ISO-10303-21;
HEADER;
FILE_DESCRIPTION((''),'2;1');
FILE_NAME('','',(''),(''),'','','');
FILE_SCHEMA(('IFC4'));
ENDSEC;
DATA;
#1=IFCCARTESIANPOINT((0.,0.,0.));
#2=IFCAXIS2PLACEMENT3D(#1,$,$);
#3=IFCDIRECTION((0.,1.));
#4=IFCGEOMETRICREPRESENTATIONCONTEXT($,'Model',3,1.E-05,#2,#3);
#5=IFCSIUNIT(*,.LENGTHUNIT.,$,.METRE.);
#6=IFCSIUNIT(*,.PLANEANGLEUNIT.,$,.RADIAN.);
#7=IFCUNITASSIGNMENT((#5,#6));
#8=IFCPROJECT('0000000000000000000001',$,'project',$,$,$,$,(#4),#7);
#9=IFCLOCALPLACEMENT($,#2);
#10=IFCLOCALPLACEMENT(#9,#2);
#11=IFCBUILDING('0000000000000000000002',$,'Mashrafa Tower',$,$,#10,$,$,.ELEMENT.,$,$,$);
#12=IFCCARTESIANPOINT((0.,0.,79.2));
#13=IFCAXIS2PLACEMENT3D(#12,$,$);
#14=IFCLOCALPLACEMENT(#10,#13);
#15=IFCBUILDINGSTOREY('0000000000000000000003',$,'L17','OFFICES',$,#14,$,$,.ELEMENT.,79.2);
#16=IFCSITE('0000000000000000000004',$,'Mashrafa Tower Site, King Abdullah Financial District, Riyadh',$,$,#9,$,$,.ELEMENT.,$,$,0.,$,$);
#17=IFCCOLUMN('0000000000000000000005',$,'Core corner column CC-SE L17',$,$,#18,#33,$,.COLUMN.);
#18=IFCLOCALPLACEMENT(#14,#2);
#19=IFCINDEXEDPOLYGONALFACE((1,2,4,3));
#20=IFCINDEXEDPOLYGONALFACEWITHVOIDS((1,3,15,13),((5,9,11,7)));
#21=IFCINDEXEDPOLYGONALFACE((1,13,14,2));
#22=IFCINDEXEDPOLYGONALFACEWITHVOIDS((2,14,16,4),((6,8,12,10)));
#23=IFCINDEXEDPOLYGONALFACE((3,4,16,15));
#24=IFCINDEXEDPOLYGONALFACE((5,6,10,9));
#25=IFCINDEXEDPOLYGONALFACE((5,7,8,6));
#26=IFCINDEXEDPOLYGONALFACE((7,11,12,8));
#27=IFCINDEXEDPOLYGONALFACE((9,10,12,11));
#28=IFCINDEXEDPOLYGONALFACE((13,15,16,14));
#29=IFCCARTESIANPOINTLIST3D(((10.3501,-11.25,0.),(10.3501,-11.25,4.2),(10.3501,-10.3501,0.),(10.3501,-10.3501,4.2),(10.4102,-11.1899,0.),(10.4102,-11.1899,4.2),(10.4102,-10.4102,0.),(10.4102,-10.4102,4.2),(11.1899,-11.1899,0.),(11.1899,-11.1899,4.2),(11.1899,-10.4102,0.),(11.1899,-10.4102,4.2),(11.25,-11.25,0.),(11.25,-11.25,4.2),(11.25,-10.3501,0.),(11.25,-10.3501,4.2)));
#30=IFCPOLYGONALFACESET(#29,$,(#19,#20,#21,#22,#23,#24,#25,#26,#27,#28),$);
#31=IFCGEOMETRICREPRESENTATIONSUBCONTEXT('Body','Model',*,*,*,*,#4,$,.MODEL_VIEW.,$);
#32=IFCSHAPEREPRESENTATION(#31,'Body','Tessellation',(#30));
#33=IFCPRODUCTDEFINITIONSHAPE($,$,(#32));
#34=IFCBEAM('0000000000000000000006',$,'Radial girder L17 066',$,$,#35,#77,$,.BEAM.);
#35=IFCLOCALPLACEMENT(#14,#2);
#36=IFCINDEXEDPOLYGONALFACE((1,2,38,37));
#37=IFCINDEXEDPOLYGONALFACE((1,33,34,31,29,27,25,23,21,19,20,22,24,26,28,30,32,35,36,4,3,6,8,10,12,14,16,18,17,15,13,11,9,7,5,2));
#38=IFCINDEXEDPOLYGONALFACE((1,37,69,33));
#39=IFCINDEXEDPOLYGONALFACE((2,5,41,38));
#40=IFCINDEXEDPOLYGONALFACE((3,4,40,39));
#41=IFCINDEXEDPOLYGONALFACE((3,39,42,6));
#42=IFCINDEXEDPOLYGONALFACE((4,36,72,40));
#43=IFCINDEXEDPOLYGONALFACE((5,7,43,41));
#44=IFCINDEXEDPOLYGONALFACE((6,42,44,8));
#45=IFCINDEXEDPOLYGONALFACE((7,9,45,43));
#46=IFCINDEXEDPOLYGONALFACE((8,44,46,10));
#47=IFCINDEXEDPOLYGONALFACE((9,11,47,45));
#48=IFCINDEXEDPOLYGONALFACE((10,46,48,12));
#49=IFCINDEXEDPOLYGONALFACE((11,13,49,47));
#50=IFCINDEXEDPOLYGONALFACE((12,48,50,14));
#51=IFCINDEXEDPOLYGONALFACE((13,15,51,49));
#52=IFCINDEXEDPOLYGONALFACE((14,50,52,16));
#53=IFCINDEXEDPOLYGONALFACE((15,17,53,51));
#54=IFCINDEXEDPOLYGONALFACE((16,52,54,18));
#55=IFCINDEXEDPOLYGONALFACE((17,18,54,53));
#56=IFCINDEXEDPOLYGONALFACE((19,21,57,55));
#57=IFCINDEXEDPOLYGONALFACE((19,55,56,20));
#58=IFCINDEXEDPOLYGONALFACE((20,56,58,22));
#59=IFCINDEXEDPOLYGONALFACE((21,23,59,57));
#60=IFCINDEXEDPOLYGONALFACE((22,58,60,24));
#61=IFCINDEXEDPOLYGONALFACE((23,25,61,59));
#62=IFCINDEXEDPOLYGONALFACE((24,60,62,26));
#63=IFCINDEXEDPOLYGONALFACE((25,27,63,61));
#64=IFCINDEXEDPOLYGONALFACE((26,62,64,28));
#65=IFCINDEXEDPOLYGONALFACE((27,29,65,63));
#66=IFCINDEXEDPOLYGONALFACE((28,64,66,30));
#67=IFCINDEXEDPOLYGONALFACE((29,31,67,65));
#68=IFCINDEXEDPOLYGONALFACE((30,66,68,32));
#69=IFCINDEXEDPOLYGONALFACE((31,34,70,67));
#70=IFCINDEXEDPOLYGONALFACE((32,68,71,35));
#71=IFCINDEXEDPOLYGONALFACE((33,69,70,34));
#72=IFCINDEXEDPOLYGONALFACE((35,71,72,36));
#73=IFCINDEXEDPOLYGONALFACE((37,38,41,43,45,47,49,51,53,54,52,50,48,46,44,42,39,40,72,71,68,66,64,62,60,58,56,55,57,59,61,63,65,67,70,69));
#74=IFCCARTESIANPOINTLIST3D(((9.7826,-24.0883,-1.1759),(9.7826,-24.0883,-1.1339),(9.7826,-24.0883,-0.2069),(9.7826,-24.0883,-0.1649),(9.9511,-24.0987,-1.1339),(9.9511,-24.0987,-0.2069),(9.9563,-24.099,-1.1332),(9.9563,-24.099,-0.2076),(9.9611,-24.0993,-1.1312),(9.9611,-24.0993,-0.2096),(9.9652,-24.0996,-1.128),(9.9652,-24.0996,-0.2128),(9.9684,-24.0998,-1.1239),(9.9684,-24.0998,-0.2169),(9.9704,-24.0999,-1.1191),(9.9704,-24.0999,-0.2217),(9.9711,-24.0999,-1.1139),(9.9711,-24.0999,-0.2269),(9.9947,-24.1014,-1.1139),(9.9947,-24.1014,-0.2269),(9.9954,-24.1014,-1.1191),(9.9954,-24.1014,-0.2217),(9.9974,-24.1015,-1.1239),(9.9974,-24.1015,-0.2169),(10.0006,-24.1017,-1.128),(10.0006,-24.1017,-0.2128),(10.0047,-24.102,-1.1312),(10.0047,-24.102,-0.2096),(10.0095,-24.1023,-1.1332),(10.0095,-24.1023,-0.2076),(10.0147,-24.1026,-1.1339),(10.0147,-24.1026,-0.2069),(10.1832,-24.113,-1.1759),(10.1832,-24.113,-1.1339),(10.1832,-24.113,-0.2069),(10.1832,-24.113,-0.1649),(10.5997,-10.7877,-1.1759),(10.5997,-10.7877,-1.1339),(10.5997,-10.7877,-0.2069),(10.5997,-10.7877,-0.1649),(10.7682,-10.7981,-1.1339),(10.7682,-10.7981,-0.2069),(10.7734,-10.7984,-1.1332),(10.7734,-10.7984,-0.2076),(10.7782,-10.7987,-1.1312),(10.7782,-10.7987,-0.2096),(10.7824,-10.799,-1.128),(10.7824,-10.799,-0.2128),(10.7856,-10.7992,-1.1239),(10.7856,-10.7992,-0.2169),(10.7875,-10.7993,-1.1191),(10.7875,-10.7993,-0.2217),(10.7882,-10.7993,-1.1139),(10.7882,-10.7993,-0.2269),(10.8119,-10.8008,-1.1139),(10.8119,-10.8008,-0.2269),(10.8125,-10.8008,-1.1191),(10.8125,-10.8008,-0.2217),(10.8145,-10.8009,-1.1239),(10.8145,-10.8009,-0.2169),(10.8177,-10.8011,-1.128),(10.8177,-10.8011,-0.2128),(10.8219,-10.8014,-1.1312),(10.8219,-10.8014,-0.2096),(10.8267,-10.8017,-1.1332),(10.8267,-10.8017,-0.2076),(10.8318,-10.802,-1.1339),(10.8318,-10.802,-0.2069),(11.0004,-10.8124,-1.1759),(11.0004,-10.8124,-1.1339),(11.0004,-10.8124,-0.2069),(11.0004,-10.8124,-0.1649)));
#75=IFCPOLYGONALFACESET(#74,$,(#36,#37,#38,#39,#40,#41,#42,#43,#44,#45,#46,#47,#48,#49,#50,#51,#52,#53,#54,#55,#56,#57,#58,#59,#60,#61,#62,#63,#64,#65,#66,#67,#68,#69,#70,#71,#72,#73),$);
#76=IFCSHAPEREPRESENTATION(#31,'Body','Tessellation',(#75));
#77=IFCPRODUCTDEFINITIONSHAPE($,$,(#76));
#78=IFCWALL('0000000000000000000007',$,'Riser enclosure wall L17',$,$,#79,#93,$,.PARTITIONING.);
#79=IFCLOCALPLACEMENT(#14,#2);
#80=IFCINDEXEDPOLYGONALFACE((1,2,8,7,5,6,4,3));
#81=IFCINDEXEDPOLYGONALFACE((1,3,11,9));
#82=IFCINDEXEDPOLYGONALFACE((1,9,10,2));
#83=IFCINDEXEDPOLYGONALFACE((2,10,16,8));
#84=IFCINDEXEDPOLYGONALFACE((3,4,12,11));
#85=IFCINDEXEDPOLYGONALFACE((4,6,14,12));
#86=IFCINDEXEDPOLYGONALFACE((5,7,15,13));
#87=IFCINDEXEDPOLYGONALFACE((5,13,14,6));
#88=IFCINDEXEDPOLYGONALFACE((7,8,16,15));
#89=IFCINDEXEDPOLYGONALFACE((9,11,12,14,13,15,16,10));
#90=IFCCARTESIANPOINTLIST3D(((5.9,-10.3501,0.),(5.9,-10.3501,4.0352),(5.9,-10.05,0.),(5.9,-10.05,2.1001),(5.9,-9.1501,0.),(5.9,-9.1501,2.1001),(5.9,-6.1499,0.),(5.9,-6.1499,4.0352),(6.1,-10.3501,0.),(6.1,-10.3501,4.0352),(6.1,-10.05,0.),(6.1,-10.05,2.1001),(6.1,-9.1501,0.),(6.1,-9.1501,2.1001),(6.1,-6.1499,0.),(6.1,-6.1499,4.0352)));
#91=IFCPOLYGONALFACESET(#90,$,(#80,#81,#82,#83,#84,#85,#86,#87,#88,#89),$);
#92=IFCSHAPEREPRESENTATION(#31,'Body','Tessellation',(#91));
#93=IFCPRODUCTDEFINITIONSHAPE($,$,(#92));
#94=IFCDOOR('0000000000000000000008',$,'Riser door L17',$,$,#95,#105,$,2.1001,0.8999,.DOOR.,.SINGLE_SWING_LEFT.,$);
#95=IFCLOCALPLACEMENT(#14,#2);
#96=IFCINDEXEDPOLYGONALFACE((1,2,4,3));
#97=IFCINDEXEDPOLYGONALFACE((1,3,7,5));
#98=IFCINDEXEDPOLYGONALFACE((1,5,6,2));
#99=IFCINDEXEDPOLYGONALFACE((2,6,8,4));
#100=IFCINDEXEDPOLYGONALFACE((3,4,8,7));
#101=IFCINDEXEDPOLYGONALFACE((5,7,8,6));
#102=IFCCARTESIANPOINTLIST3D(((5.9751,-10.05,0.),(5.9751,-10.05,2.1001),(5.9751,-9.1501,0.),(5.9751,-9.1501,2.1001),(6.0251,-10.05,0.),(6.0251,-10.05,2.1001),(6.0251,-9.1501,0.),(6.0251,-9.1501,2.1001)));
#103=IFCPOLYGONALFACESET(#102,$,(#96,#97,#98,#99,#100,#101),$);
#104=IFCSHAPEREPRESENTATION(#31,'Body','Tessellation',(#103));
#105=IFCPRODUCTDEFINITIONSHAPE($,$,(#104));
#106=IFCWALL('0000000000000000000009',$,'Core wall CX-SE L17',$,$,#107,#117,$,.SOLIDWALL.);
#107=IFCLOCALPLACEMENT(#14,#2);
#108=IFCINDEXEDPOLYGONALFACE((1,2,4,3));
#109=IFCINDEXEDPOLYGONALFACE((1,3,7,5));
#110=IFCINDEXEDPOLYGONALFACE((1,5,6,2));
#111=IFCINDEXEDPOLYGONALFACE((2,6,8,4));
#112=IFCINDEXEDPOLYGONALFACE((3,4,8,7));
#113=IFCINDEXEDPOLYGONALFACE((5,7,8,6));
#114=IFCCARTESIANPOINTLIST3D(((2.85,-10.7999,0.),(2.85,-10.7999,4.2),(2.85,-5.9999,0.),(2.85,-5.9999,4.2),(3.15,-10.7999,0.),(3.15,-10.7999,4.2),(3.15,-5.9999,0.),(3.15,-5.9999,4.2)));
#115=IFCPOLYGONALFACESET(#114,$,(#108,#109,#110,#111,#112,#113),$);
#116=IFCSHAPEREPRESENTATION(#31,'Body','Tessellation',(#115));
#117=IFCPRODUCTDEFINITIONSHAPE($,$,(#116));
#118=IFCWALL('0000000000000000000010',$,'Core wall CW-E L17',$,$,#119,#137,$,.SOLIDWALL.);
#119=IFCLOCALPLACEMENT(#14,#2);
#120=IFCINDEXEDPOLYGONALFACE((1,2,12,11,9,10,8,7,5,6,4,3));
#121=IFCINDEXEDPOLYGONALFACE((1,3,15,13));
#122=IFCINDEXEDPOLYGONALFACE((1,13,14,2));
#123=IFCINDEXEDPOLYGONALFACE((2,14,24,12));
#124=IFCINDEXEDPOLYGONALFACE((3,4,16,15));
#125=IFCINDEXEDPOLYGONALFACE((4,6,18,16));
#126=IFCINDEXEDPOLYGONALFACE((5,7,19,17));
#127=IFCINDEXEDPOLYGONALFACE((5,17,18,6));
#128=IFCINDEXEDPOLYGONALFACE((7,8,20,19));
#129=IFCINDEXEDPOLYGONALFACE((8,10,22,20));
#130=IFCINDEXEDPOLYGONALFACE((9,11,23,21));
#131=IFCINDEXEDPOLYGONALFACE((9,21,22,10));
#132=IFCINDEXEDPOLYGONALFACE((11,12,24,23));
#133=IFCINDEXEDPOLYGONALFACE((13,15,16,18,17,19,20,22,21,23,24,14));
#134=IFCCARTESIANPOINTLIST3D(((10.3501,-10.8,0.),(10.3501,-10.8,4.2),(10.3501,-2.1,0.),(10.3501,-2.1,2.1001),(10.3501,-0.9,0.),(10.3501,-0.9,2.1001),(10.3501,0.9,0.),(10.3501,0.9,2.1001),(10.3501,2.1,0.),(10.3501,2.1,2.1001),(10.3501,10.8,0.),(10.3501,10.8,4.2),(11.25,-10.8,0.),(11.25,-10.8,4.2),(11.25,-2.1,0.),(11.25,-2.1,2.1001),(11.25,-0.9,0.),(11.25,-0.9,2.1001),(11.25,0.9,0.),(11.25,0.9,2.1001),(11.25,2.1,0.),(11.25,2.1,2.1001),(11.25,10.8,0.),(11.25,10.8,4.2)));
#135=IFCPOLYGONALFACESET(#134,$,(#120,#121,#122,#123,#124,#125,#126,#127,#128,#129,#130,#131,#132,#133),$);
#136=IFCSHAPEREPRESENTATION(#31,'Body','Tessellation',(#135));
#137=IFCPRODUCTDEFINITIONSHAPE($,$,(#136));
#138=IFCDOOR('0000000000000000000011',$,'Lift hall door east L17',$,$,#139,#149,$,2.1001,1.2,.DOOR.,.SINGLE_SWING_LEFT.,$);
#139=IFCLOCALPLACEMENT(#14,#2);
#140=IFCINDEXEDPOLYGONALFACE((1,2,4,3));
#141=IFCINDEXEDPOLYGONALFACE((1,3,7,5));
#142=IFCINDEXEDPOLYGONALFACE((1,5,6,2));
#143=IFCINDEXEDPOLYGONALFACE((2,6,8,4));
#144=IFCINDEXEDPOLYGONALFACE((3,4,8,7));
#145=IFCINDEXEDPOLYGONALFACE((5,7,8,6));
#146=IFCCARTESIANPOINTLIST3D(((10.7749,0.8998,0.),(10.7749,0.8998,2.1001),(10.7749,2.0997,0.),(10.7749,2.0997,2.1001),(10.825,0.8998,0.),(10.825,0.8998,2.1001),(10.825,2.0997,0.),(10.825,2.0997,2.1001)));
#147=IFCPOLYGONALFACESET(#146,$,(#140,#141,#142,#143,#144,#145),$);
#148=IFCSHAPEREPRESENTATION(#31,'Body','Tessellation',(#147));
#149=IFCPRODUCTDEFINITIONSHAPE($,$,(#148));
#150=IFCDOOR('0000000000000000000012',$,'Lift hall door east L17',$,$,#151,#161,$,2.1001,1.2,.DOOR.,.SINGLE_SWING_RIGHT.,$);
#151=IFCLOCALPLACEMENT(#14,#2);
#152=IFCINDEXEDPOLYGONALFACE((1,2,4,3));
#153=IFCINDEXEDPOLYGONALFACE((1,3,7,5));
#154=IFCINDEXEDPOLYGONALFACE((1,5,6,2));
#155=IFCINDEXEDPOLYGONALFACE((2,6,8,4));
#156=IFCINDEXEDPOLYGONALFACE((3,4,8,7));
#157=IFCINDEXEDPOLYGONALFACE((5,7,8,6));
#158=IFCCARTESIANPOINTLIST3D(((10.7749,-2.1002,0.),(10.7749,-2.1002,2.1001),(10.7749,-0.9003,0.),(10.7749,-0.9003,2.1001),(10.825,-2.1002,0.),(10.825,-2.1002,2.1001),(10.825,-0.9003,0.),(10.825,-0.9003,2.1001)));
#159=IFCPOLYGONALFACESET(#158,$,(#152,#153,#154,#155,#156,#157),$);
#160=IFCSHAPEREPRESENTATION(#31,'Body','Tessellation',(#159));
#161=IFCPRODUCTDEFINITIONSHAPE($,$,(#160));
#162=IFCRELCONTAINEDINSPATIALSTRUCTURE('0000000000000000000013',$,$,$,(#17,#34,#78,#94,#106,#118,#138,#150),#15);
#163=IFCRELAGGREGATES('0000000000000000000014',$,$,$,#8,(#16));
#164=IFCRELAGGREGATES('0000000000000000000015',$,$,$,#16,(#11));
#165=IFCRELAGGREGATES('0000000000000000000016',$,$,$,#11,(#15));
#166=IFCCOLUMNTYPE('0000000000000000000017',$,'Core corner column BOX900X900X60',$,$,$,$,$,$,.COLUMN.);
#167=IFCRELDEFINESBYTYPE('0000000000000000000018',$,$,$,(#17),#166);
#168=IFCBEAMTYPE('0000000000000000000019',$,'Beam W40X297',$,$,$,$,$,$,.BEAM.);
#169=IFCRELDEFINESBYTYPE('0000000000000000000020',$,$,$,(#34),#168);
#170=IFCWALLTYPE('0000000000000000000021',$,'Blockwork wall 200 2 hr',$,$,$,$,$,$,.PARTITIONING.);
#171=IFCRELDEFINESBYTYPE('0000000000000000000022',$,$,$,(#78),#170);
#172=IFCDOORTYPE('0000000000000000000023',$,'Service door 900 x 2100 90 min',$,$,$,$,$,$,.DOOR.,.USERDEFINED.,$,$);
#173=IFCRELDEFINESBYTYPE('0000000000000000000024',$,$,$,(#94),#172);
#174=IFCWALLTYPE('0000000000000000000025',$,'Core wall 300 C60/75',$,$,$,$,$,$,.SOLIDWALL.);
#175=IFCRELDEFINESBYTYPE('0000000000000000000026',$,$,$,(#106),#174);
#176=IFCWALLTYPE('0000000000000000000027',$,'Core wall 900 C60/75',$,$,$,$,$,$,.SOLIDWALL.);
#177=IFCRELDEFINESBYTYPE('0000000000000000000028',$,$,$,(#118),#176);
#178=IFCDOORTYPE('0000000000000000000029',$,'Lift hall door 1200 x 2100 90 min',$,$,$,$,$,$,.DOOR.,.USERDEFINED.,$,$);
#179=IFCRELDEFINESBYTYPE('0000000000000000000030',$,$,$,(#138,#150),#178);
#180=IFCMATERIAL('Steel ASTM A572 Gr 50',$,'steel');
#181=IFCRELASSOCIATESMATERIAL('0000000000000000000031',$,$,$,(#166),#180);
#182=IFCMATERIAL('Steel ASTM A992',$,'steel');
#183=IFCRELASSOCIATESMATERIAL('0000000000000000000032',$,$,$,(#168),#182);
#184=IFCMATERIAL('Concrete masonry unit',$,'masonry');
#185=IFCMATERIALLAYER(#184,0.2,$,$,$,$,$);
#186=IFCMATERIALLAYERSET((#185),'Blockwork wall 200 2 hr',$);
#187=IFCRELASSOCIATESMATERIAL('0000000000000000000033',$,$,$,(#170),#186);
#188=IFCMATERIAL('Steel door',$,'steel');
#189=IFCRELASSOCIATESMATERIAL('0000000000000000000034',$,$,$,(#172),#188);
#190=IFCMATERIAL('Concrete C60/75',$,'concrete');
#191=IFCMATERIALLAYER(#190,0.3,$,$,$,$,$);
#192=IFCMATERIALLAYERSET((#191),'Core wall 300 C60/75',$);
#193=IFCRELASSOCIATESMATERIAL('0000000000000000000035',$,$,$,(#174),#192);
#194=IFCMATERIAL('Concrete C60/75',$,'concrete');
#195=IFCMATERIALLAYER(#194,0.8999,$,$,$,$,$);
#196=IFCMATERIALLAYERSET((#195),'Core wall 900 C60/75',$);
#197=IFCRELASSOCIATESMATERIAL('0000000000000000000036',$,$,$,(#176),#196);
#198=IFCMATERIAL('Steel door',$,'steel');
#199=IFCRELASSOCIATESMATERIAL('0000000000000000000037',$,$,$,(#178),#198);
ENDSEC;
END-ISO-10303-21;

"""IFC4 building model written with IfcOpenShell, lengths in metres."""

from ifc_helpers import new_model, si_unit, direction, frame, frame_2d, origin, origin_2d, place, context, subcontext, project, spatial, rectangle, hollow_rectangle, i_section, extrude, material, layer, layer_set, material_profile, profile_set, type_object, element, fill, save


model = new_model("IFC4")

# Units and contexts
model_context = context("Model", 3, precision=1e-05, world=origin(), true_north=direction((0.0, 1.0)))
body_context = subcontext(model_context, "Body", "Model", "MODEL_VIEW")
ifc_project = project(units=[si_unit("LENGTHUNIT", "METRE"), si_unit("PLANEANGLEUNIT", "RADIAN")], contexts=[model_context])

# Site, building, storey
site_placement = place(None, origin())
site = spatial("IfcSite", under=ifc_project, at=site_placement, Name="Mashrafa Tower Site, King Abdullah Financial District, Riyadh", CompositionType="ELEMENT", RefElevation=0.0)
building_placement = place(site_placement, origin())
building = spatial("IfcBuilding", under=site, at=building_placement, Name="Mashrafa Tower", CompositionType="ELEMENT")
storey_placement = place(building_placement, frame((0.0, 0.0, 79.2)))
storey = spatial("IfcBuildingStorey", under=building, at=storey_placement, Name="L17", Description="OFFICES", CompositionType="ELEMENT", Elevation=79.2)

# Column
ifc_material_1 = material(Name="Steel ASTM A572 Gr 50", Category="steel")
ifc_material_profile_1 = material_profile(ifc_material_1, hollow_rectangle(XDim=0.8999, YDim=0.8999, WallThickness=0.0601, at=origin_2d()), Name="BOX900X900X60")
ifc_profile_set_1 = profile_set([ifc_material_profile_1], Name="Steel ASTM A572 Gr 50")
column_type = type_object("IfcColumnType", Name="Core corner column BOX900X900X60", PredefinedType="COLUMN", material=ifc_profile_set_1)
column_placement = place(storey_placement, frame((10.8, -10.8, 0.0), z_axis=(0.0, 0.0, 1.0), x_axis=(1.0, 0.0, 0.0)))
element("IfcColumn", 1, at=column_placement, inside=storey, type_object=column_type, Name="Core corner column CC-SE L17", PredefinedType="COLUMN", context=body_context, shape_type="SweptSolid", body=[
    extrude(hollow_rectangle(XDim=0.8999, YDim=0.8999, WallThickness=0.0601, at=origin_2d()), origin(), (0.0, 0.0, 1.0), 4.2),
])

# Beam
ifc_material_2 = material(Name="Steel ASTM A992", Category="steel")
ifc_material_profile_2 = material_profile(ifc_material_2, i_section(OverallWidth=0.4014, OverallDepth=1.011, WebThickness=0.0237, FlangeThickness=0.042, FilletRadius=0.02, at=origin_2d()), Name="W40X297")
ifc_profile_set_2 = profile_set([ifc_material_profile_2], Name="Steel ASTM A992")
beam_type = type_object("IfcBeamType", Name="Beam W40X297", PredefinedType="BEAM", material=ifc_profile_set_2)
beam_placement = place(storey_placement, frame((10.8, -10.8, -0.6704), z_axis=(-0.061321, -0.998118, 0.0), x_axis=(0.998118, -0.061321, 0.0)))
element("IfcBeam", 2, at=beam_placement, inside=storey, type_object=beam_type, Name="Radial girder L17 066", PredefinedType="BEAM", context=body_context, shape_type="SweptSolid", body=[
    extrude(i_section(OverallWidth=0.4014, OverallDepth=1.011, WebThickness=0.0237, FlangeThickness=0.042, FilletRadius=0.02, at=origin_2d()), origin(), (0.0, 0.0, 1.0), 13.3257),
])

# Wall, opening, door
ifc_material_3 = material(Name="Concrete masonry unit", Category="masonry")
ifc_layer_1 = layer(ifc_material_3, 0.2)
ifc_layer_set_1 = layer_set([ifc_layer_1], Name="Blockwork wall 200 2 hr")
wall_type_1 = type_object("IfcWallType", Name="Blockwork wall 200 2 hr", PredefinedType="PARTITIONING", material=ifc_layer_set_1)
wall_1_placement = place(storey_placement, frame((6.0, -10.3501, 0.0), z_axis=(0.0, 0.0, 1.0), x_axis=(0.0, 1.0, 0.0)))
wall_1 = element("IfcWall", 3, at=wall_1_placement, inside=storey, type_object=wall_type_1, Name="Riser enclosure wall L17", PredefinedType="PARTITIONING", context=body_context, shape_type="SweptSolid", body=[
    extrude(rectangle(XDim=4.2002, YDim=0.2, at=frame_2d((2.1001, 0.0))), origin(), (0.0, 0.0, 1.0), 4.0352),
])
opening_1_placement = place(wall_1_placement, frame((0.3, 0.0, 0.0)))
opening_1 = element("IfcOpeningElement", 4, at=opening_1_placement, cuts=wall_1, PredefinedType="OPENING", context=body_context, shape_type="SweptSolid", body=[
    extrude(rectangle(XDim=0.8999, YDim=2.1001, at=frame_2d((0.45, 1.05))), frame((0.0, 0.1099, 0.0), z_axis=(0.0, -1.0, 0.0), x_axis=(1.0, 0.0, 0.0)), (0.0, 0.0, 1.0), 0.22),
])
ifc_material_4 = material(Name="Steel door", Category="steel")
door_type_1 = type_object("IfcDoorType", Name="Service door 900 x 2100 90 min", OperationType="USERDEFINED", PredefinedType="DOOR", material=ifc_material_4)
door_1_placement = place(opening_1_placement, origin())
door_1 = element("IfcDoor", 5, at=door_1_placement, inside=storey, type_object=door_type_1, Name="Riser door L17", OperationType="SINGLE_SWING_LEFT", OverallHeight=2.1001, OverallWidth=0.8999, PredefinedType="DOOR", context=body_context, shape_type="SweptSolid", body=[
    extrude(rectangle(XDim=0.8999, YDim=2.1001, at=frame_2d((0.45, 1.05))), frame((0.0, 0.0249, 0.0), z_axis=(0.0, -1.0, 0.0), x_axis=(1.0, 0.0, 0.0)), (0.0, 0.0, 1.0), 0.05),
])
fill(opening_1, door_1)

# Wall
ifc_material_5 = material(Name="Concrete C60/75", Category="concrete")
ifc_layer_2 = layer(ifc_material_5, 0.3)
ifc_layer_set_2 = layer_set([ifc_layer_2], Name="Core wall 300 C60/75")
wall_type_2 = type_object("IfcWallType", Name="Core wall 300 C60/75", PredefinedType="SOLIDWALL", material=ifc_layer_set_2)
wall_2_placement = place(storey_placement, frame((3.0, -6.0, 0.0), z_axis=(0.0, 0.0, 1.0), x_axis=(0.0, -1.0, 0.0)))
element("IfcWall", 6, at=wall_2_placement, inside=storey, type_object=wall_type_2, Name="Core wall CX-SE L17", PredefinedType="SOLIDWALL", context=body_context, shape_type="SweptSolid", body=[
    extrude(rectangle(XDim=4.8, YDim=0.3, at=frame_2d((2.3999, 0.0))), origin(), (0.0, 0.0, 1.0), 4.2),
])

# Wall, openings, doors
ifc_material_6 = material(Name="Concrete C60/75", Category="concrete")
ifc_layer_3 = layer(ifc_material_6, 0.8999)
ifc_layer_set_3 = layer_set([ifc_layer_3], Name="Core wall 900 C60/75")
wall_type_3 = type_object("IfcWallType", Name="Core wall 900 C60/75", PredefinedType="SOLIDWALL", material=ifc_layer_set_3)
wall_3_placement = place(storey_placement, frame((10.8, -10.8, 0.0), z_axis=(0.0, 0.0, 1.0), x_axis=(0.0, 1.0, 0.0)))
wall_3 = element("IfcWall", 7, at=wall_3_placement, inside=storey, type_object=wall_type_3, Name="Core wall CW-E L17", PredefinedType="SOLIDWALL", context=body_context, shape_type="SweptSolid", body=[
    extrude(rectangle(XDim=21.6001, YDim=0.8999, at=frame_2d((10.8, 0.0))), origin(), (0.0, 0.0, 1.0), 4.2),
])
opening_2_placement = place(wall_3_placement, frame((11.7, 0.0, 0.0)))
opening_2 = element("IfcOpeningElement", 8, at=opening_2_placement, cuts=wall_3, PredefinedType="OPENING", context=body_context, shape_type="SweptSolid", body=[
    extrude(rectangle(XDim=1.2, YDim=2.1001, at=frame_2d((0.6001, 1.05))), frame((0.0, 0.46, 0.0), z_axis=(0.0, -1.0, 0.0), x_axis=(1.0, 0.0, 0.0)), (0.0, 0.0, 1.0), 0.9199),
])
opening_3_placement = place(wall_3_placement, frame((8.7, 0.0, 0.0)))
opening_3 = element("IfcOpeningElement", 9, at=opening_3_placement, cuts=wall_3, PredefinedType="OPENING", context=body_context, shape_type="SweptSolid", body=[
    extrude(rectangle(XDim=1.2, YDim=2.1001, at=frame_2d((0.6001, 1.05))), frame((0.0, 0.46, 0.0), z_axis=(0.0, -1.0, 0.0), x_axis=(1.0, 0.0, 0.0)), (0.0, 0.0, 1.0), 0.9199),
])
ifc_material_7 = material(Name="Steel door", Category="steel")
door_type_2 = type_object("IfcDoorType", Name="Lift hall door 1200 x 2100 90 min", OperationType="USERDEFINED", PredefinedType="DOOR", material=ifc_material_7)
door_2_placement = place(opening_2_placement, frame((1.2, 0.0, 0.0), z_axis=(0.0, 0.0, 1.0), x_axis=(-1.0, 0.0, 0.0)))
door_2 = element("IfcDoor", 10, at=door_2_placement, inside=storey, type_object=door_type_2, Name="Lift hall door east L17", OperationType="SINGLE_SWING_LEFT", OverallHeight=2.1001, OverallWidth=1.2, PredefinedType="DOOR", context=body_context, shape_type="SweptSolid", body=[
    extrude(rectangle(XDim=1.2, YDim=2.1001, at=frame_2d((0.6001, 1.05))), frame((0.0, 0.0249, 0.0), z_axis=(0.0, -1.0, 0.0), x_axis=(1.0, 0.0, 0.0)), (0.0, 0.0, 1.0), 0.05),
])
fill(opening_2, door_2)
door_3_placement = place(opening_3_placement, frame((1.2, 0.0, 0.0), z_axis=(0.0, 0.0, 1.0), x_axis=(-1.0, 0.0, 0.0)))
door_3 = element("IfcDoor", 11, at=door_3_placement, inside=storey, type_object=door_type_2, Name="Lift hall door east L17", OperationType="SINGLE_SWING_RIGHT", OverallHeight=2.1001, OverallWidth=1.2, PredefinedType="DOOR", context=body_context, shape_type="SweptSolid", body=[
    extrude(rectangle(XDim=1.2, YDim=2.1001, at=frame_2d((0.6001, 1.05))), frame((0.0, 0.0249, 0.0), z_axis=(0.0, -1.0, 0.0), x_axis=(1.0, 0.0, 0.0)), (0.0, 0.0, 1.0), 0.05),
])
fill(opening_3, door_3)

save(model, "model.ifc")
